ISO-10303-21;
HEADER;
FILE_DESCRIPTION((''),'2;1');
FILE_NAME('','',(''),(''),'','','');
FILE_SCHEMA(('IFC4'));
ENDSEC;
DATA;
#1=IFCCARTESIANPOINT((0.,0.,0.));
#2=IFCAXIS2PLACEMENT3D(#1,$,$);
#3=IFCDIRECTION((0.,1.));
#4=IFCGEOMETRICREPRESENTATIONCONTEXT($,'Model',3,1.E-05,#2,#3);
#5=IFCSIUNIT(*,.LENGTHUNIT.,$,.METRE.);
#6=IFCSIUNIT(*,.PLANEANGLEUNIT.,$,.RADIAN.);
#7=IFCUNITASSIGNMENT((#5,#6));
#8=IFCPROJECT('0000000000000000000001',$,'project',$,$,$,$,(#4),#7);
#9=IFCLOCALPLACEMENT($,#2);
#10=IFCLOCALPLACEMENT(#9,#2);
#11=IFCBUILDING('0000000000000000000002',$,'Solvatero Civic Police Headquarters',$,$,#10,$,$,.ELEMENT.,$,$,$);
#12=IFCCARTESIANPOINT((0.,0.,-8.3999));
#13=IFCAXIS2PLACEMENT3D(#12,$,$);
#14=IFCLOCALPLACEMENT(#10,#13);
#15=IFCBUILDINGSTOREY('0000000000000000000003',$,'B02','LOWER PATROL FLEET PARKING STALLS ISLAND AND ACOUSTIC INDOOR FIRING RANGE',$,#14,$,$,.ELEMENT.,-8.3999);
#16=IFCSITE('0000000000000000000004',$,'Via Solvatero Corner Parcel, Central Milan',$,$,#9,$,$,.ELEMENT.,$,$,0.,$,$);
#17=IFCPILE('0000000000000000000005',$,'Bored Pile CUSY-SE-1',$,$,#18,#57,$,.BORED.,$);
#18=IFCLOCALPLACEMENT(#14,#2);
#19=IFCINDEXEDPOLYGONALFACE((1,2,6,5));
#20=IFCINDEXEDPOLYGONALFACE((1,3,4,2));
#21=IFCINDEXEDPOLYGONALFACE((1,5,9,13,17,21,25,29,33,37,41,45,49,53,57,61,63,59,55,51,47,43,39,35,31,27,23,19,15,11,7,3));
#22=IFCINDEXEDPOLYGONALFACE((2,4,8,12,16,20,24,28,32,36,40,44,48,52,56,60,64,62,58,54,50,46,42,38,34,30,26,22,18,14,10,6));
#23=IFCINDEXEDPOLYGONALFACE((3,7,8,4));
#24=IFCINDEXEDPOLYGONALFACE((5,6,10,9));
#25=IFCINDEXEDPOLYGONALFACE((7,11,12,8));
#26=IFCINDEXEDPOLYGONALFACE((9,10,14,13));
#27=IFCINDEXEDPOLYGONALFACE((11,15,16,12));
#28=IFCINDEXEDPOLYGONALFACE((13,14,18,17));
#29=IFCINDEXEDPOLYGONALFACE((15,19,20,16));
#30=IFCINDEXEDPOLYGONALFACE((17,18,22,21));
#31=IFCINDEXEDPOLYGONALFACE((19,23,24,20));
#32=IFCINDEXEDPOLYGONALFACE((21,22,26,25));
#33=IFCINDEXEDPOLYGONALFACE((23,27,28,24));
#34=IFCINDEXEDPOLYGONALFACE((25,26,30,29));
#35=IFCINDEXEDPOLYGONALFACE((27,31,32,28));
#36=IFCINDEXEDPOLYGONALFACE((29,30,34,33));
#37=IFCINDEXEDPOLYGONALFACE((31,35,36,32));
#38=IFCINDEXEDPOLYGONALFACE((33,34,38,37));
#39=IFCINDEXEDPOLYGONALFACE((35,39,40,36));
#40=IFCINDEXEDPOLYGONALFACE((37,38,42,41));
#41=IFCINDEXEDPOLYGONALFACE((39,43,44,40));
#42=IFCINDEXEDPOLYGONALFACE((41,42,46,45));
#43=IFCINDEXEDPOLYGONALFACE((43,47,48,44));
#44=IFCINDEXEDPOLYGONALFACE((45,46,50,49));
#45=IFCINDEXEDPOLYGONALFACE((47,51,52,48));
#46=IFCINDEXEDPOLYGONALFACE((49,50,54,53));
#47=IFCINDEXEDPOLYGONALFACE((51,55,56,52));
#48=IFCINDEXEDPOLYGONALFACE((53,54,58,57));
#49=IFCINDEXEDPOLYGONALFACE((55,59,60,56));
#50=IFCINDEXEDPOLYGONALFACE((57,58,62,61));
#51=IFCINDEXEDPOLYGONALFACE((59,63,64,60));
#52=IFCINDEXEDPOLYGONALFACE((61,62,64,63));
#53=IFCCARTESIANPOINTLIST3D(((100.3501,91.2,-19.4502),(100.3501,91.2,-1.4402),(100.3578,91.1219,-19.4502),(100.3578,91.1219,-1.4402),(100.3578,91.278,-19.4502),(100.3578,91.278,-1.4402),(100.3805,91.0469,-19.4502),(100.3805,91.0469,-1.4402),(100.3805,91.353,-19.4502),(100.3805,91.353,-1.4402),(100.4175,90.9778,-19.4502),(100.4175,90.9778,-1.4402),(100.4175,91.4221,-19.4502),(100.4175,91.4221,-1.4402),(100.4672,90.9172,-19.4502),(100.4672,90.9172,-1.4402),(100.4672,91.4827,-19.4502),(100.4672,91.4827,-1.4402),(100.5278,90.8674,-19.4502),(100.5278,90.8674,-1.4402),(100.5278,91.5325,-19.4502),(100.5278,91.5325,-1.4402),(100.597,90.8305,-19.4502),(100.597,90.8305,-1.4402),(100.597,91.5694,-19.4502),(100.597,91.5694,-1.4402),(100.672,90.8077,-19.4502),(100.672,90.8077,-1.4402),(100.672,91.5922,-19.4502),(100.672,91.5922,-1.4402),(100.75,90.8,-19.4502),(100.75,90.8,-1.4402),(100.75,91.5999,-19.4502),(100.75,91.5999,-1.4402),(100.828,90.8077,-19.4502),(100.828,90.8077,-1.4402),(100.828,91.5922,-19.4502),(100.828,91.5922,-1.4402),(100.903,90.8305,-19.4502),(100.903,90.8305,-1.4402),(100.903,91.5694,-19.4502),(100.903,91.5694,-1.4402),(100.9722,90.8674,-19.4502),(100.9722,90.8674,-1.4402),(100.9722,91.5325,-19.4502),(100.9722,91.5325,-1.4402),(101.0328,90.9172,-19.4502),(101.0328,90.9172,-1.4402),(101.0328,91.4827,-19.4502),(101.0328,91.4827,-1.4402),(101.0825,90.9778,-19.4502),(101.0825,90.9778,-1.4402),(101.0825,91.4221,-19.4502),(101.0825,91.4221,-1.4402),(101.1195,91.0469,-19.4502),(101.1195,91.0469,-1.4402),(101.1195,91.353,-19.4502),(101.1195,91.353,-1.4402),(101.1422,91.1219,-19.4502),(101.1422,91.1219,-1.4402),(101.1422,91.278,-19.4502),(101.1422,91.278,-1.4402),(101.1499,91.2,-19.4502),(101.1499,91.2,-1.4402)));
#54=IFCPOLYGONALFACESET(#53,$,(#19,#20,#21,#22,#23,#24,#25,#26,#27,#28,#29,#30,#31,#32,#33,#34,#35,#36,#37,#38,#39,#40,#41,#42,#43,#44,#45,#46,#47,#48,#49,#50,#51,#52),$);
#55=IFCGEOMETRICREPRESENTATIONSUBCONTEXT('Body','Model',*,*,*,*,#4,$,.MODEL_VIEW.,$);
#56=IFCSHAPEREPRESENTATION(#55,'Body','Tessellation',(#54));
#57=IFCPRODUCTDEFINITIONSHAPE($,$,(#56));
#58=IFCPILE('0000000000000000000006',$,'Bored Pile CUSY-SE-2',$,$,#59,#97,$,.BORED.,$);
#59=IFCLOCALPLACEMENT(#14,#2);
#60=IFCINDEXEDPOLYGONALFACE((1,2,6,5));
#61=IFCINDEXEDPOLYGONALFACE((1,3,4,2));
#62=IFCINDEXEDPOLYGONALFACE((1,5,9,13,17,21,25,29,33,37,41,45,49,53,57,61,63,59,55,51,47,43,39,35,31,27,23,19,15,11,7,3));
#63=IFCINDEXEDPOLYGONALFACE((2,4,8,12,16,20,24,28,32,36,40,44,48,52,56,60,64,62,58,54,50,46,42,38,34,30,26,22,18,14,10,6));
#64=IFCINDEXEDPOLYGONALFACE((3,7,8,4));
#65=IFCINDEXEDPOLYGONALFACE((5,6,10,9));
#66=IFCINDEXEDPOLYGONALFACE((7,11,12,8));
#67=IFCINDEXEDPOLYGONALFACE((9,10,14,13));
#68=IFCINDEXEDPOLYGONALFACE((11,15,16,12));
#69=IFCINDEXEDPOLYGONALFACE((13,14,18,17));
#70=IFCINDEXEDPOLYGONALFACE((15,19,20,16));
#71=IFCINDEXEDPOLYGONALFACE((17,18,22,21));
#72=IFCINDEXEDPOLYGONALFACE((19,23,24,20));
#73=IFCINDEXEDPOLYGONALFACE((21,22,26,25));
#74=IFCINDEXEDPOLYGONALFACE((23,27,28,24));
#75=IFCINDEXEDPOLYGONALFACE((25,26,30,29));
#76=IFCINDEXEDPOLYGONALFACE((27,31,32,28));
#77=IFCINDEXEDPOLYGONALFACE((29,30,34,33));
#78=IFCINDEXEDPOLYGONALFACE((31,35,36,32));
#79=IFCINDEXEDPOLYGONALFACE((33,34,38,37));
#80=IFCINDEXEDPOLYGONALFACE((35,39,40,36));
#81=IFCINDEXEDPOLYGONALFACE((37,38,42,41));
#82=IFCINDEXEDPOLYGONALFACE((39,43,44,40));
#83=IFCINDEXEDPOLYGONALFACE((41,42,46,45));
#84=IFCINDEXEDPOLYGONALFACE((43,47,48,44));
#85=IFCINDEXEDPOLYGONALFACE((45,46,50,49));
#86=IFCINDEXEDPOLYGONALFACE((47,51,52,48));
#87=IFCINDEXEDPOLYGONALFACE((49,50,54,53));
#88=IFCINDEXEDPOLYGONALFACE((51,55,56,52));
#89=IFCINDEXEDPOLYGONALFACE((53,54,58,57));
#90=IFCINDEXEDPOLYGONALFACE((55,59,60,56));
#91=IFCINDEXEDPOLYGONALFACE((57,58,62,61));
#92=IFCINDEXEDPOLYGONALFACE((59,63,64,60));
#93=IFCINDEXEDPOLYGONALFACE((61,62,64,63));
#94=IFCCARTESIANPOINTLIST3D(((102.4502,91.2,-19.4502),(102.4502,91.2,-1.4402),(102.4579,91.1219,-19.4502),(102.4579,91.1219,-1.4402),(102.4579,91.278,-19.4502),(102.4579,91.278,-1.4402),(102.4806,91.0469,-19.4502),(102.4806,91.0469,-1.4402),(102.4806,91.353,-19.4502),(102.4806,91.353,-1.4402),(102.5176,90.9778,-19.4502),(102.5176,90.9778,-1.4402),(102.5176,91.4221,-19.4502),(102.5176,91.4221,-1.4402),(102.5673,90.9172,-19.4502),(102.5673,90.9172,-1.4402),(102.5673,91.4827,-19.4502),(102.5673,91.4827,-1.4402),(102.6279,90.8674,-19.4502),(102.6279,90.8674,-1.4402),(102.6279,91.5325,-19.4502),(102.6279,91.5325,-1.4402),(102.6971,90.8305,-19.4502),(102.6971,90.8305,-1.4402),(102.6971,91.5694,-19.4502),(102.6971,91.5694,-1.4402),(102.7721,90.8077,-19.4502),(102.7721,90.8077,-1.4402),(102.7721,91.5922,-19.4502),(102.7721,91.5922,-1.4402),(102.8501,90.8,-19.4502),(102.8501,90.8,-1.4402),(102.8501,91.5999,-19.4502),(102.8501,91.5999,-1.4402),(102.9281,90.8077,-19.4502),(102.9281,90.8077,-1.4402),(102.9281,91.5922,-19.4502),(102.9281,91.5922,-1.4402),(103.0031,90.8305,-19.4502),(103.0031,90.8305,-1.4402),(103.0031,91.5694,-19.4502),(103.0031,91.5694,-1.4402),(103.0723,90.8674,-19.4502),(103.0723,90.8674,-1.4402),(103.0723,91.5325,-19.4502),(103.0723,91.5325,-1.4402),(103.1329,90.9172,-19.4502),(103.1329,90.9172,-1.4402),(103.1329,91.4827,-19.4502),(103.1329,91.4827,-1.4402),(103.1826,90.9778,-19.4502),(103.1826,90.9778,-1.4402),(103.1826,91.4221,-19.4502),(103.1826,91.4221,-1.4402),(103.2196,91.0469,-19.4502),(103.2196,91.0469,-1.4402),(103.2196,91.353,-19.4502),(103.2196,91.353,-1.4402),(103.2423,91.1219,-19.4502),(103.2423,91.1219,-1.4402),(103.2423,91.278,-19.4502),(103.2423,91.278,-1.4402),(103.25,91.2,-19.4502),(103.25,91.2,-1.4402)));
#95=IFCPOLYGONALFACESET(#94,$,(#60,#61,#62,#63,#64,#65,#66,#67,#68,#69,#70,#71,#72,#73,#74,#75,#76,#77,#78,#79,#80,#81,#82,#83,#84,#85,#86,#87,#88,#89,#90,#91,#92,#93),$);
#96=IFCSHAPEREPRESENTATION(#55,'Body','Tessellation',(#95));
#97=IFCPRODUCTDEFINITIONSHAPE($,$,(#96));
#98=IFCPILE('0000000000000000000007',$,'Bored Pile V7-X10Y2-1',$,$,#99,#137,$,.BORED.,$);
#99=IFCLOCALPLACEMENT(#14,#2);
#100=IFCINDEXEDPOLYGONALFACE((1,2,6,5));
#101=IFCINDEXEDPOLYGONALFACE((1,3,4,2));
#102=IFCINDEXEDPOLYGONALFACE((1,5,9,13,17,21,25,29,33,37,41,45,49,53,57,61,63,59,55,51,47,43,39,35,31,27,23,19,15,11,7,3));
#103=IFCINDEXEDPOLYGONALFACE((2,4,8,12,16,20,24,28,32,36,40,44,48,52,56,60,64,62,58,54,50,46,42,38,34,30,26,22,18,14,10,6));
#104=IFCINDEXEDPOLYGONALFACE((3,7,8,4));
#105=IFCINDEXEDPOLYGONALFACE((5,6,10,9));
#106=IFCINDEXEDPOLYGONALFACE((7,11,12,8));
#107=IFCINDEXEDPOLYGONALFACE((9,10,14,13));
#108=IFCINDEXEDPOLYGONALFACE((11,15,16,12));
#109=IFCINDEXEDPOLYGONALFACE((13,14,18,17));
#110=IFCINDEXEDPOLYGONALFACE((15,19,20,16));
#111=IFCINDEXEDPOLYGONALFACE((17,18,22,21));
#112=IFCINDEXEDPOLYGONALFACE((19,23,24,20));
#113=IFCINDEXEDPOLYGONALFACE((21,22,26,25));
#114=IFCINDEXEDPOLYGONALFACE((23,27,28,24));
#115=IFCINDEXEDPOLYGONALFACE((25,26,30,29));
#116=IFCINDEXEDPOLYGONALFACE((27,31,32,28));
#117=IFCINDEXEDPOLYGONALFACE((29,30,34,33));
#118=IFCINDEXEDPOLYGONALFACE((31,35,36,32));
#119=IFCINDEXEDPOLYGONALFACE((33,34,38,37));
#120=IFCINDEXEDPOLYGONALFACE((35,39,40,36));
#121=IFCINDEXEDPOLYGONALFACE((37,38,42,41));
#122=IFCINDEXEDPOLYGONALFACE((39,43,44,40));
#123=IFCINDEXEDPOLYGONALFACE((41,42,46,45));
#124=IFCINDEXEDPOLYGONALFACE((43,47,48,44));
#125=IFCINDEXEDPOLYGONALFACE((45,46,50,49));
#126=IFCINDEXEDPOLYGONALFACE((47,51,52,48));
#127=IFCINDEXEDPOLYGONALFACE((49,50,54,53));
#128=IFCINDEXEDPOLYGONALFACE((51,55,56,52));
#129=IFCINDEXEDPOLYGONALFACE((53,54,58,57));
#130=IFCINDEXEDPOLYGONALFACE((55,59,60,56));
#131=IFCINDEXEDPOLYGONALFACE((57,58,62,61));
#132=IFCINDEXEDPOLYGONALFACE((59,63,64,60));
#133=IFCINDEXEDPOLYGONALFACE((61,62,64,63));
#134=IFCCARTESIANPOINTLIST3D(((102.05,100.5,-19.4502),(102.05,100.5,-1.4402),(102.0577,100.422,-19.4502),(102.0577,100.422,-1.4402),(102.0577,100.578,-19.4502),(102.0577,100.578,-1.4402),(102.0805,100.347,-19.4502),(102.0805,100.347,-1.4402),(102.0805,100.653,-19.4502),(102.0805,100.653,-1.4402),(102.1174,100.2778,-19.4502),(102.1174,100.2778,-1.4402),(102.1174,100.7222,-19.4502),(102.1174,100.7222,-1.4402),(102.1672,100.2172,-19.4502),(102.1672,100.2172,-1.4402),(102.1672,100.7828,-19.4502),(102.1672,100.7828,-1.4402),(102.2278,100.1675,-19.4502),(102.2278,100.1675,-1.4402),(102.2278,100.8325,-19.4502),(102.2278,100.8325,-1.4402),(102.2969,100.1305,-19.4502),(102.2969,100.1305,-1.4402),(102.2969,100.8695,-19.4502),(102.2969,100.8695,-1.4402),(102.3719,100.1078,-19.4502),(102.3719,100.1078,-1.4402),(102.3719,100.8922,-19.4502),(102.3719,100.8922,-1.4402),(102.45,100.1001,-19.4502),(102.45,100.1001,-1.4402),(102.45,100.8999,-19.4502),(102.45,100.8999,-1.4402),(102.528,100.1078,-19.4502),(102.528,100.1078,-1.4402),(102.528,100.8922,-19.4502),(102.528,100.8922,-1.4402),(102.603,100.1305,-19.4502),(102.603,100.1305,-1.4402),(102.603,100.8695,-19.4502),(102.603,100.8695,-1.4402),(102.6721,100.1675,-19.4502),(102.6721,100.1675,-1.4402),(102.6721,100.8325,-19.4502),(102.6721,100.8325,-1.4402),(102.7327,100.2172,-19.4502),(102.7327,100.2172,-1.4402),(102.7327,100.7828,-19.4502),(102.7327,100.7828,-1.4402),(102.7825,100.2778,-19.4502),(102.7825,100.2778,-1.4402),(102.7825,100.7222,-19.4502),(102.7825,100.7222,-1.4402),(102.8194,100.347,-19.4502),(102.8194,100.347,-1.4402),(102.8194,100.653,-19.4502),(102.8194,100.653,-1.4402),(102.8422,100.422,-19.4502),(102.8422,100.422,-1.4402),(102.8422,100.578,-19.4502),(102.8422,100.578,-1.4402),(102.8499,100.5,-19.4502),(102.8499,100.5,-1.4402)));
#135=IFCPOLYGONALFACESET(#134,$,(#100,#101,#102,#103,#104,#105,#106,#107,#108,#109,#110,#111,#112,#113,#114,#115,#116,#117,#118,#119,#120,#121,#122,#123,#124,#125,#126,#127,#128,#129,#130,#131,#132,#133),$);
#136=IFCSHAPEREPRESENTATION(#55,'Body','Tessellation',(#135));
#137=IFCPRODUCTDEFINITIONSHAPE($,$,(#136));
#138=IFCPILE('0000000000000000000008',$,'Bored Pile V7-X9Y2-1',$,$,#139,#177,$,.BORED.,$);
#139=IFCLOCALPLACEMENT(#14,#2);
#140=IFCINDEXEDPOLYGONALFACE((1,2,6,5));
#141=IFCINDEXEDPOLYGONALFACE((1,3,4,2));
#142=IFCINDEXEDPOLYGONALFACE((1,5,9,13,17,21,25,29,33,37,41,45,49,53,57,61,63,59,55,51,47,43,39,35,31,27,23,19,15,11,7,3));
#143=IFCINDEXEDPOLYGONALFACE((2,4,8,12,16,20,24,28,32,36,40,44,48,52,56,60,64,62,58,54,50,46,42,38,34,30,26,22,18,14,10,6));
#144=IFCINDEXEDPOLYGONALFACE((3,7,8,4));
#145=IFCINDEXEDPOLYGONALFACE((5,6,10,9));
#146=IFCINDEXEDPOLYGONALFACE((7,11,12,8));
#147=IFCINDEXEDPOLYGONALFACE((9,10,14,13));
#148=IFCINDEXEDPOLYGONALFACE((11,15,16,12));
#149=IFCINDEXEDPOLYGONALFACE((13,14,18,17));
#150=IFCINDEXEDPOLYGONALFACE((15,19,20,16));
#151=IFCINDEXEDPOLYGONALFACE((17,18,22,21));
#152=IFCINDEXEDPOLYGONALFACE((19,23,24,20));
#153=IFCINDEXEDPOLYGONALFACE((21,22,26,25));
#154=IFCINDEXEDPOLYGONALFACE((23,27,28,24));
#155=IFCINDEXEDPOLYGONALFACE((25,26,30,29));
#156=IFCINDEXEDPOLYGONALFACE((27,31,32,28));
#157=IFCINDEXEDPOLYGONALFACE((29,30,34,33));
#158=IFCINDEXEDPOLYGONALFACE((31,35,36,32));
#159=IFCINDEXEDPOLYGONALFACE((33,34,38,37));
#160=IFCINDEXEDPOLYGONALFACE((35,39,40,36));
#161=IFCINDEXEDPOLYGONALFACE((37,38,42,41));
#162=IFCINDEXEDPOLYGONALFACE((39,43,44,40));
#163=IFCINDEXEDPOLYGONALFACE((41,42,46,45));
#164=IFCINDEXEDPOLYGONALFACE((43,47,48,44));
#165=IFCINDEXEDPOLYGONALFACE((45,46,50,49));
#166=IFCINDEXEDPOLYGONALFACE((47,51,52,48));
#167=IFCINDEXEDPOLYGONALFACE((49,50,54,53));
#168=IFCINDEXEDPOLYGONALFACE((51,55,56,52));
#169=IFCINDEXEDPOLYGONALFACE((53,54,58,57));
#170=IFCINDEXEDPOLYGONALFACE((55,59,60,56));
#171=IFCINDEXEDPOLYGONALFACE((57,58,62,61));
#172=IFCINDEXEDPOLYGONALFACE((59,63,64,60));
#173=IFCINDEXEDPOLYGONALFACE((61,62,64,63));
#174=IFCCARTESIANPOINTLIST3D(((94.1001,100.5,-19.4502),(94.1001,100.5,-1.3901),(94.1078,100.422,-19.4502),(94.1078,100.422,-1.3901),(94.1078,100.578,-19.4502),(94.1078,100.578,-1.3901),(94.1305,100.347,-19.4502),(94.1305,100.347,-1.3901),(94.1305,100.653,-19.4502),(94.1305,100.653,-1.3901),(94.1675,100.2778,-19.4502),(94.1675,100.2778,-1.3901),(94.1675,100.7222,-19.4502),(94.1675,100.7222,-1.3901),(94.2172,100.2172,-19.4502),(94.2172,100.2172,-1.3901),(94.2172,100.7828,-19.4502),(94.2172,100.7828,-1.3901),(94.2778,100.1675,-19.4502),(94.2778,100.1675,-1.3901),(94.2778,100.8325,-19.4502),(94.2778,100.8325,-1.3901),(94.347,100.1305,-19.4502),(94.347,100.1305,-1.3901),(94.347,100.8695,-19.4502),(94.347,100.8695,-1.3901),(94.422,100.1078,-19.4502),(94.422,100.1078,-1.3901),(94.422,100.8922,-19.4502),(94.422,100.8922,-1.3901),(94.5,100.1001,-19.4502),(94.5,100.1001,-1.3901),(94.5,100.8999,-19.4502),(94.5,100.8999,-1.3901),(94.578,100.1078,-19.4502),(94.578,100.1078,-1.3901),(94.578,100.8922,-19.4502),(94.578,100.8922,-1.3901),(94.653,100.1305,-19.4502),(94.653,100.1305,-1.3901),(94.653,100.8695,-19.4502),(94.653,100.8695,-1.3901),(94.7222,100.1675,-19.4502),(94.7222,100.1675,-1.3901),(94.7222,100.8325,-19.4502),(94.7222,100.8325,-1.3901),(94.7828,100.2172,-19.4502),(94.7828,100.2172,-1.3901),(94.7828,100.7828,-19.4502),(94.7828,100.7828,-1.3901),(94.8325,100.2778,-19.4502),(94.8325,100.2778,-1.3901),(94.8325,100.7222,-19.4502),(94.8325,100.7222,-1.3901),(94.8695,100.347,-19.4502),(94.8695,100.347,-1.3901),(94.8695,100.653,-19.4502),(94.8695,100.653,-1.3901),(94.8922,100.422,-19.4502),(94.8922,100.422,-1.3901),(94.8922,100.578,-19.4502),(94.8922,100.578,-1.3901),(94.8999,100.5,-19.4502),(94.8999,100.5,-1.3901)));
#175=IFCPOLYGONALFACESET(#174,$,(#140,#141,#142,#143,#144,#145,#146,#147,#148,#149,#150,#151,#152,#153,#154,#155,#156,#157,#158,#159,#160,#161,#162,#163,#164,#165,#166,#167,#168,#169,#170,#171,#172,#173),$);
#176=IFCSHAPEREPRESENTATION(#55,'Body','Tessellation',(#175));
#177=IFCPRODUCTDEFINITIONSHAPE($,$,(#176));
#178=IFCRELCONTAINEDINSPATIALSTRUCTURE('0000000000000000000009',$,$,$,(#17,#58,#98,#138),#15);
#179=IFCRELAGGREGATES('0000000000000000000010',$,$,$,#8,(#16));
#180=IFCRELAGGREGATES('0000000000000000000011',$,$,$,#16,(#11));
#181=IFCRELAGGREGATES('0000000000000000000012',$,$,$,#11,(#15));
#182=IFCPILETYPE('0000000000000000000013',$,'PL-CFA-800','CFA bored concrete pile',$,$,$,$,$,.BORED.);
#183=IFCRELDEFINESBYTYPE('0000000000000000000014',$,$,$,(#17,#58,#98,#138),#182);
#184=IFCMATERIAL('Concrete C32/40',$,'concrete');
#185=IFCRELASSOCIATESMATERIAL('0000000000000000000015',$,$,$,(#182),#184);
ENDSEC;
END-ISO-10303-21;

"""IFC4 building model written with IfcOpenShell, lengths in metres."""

from ifc_helpers import new_model, si_unit, direction, frame, origin, origin_2d, place, context, subcontext, project, spatial, circle, extrude, material, material_profile, profile_set, type_object, element, save


model = new_model("IFC4")

# Units and contexts
model_context = context("Model", 3, precision=1e-05, world=origin(), true_north=direction((0.0, 1.0)))
body_context = subcontext(model_context, "Body", "Model", "MODEL_VIEW")
ifc_project = project(units=[si_unit("LENGTHUNIT", "METRE"), si_unit("PLANEANGLEUNIT", "RADIAN")], contexts=[model_context])

# Site, building, storey
site_placement = place(None, origin())
site = spatial("IfcSite", under=ifc_project, at=site_placement, Name="Via Solvatero Corner Parcel, Central Milan", CompositionType="ELEMENT", RefElevation=0.0)
building_placement = place(site_placement, origin())
building = spatial("IfcBuilding", under=site, at=building_placement, Name="Solvatero Civic Police Headquarters", CompositionType="ELEMENT")
storey_placement = place(building_placement, frame((0.0, 0.0, -8.3999)))
storey = spatial("IfcBuildingStorey", under=building, at=storey_placement, Name="B02", Description="LOWER PATROL FLEET PARKING STALLS ISLAND AND ACOUSTIC INDOOR FIRING RANGE", CompositionType="ELEMENT", Elevation=-8.3999)

# Piles
ifc_material_1 = material(Name="Concrete C32/40", Category="concrete")
ifc_material_profile_1 = material_profile(ifc_material_1, circle(Radius=0.3999, at=origin_2d()), Name="CFA PILE D800")
ifc_profile_set_1 = profile_set([ifc_material_profile_1], Name="Concrete C32/40")
pile_type_1 = type_object("IfcPileType", Name="PL-CFA-800", Description="CFA bored concrete pile", PredefinedType="BORED", material=ifc_profile_set_1)
for number, where, z_axis, x_axis, name in (
    (1, (100.75, 91.2, -1.4402), (0.0, 0.0, -1.0), (1.0, 0.0, 0.0), "Bored Pile CUSY-SE-1"),
    (2, (102.8501, 91.2, -1.4402), (0.0, 0.0, -1.0), (1.0, 0.0, 0.0), "Bored Pile CUSY-SE-2"),
    (3, (102.45, 100.5, -1.4402), (0.0, 0.0, -1.0), (1.0, 0.0, 0.0), "Bored Pile V7-X10Y2-1"),
):
    element("IfcPile", number, at=place(storey_placement, frame(where, z_axis=z_axis, x_axis=x_axis)), inside=storey, type_object=pile_type_1, Name=name, PredefinedType="BORED", context=body_context, shape_type="SweptSolid", body=[
        extrude(circle(Radius=0.3999, at=origin_2d()), origin(), (0.0, 0.0, 1.0), 18.01),
    ])
for number, where, z_axis, x_axis, name in (
    (4, (94.5, 100.5, -1.3901), (0.0, 0.0, -1.0), (1.0, 0.0, 0.0), "Bored Pile V7-X9Y2-1"),
):
    element("IfcPile", number, at=place(storey_placement, frame(where, z_axis=z_axis, x_axis=x_axis)), inside=storey, type_object=pile_type_1, Name=name, PredefinedType="BORED", context=body_context, shape_type="SweptSolid", body=[
        extrude(circle(Radius=0.3999, at=origin_2d()), origin(), (0.0, 0.0, 1.0), 18.0601),
    ])

save(model, "model.ifc")
